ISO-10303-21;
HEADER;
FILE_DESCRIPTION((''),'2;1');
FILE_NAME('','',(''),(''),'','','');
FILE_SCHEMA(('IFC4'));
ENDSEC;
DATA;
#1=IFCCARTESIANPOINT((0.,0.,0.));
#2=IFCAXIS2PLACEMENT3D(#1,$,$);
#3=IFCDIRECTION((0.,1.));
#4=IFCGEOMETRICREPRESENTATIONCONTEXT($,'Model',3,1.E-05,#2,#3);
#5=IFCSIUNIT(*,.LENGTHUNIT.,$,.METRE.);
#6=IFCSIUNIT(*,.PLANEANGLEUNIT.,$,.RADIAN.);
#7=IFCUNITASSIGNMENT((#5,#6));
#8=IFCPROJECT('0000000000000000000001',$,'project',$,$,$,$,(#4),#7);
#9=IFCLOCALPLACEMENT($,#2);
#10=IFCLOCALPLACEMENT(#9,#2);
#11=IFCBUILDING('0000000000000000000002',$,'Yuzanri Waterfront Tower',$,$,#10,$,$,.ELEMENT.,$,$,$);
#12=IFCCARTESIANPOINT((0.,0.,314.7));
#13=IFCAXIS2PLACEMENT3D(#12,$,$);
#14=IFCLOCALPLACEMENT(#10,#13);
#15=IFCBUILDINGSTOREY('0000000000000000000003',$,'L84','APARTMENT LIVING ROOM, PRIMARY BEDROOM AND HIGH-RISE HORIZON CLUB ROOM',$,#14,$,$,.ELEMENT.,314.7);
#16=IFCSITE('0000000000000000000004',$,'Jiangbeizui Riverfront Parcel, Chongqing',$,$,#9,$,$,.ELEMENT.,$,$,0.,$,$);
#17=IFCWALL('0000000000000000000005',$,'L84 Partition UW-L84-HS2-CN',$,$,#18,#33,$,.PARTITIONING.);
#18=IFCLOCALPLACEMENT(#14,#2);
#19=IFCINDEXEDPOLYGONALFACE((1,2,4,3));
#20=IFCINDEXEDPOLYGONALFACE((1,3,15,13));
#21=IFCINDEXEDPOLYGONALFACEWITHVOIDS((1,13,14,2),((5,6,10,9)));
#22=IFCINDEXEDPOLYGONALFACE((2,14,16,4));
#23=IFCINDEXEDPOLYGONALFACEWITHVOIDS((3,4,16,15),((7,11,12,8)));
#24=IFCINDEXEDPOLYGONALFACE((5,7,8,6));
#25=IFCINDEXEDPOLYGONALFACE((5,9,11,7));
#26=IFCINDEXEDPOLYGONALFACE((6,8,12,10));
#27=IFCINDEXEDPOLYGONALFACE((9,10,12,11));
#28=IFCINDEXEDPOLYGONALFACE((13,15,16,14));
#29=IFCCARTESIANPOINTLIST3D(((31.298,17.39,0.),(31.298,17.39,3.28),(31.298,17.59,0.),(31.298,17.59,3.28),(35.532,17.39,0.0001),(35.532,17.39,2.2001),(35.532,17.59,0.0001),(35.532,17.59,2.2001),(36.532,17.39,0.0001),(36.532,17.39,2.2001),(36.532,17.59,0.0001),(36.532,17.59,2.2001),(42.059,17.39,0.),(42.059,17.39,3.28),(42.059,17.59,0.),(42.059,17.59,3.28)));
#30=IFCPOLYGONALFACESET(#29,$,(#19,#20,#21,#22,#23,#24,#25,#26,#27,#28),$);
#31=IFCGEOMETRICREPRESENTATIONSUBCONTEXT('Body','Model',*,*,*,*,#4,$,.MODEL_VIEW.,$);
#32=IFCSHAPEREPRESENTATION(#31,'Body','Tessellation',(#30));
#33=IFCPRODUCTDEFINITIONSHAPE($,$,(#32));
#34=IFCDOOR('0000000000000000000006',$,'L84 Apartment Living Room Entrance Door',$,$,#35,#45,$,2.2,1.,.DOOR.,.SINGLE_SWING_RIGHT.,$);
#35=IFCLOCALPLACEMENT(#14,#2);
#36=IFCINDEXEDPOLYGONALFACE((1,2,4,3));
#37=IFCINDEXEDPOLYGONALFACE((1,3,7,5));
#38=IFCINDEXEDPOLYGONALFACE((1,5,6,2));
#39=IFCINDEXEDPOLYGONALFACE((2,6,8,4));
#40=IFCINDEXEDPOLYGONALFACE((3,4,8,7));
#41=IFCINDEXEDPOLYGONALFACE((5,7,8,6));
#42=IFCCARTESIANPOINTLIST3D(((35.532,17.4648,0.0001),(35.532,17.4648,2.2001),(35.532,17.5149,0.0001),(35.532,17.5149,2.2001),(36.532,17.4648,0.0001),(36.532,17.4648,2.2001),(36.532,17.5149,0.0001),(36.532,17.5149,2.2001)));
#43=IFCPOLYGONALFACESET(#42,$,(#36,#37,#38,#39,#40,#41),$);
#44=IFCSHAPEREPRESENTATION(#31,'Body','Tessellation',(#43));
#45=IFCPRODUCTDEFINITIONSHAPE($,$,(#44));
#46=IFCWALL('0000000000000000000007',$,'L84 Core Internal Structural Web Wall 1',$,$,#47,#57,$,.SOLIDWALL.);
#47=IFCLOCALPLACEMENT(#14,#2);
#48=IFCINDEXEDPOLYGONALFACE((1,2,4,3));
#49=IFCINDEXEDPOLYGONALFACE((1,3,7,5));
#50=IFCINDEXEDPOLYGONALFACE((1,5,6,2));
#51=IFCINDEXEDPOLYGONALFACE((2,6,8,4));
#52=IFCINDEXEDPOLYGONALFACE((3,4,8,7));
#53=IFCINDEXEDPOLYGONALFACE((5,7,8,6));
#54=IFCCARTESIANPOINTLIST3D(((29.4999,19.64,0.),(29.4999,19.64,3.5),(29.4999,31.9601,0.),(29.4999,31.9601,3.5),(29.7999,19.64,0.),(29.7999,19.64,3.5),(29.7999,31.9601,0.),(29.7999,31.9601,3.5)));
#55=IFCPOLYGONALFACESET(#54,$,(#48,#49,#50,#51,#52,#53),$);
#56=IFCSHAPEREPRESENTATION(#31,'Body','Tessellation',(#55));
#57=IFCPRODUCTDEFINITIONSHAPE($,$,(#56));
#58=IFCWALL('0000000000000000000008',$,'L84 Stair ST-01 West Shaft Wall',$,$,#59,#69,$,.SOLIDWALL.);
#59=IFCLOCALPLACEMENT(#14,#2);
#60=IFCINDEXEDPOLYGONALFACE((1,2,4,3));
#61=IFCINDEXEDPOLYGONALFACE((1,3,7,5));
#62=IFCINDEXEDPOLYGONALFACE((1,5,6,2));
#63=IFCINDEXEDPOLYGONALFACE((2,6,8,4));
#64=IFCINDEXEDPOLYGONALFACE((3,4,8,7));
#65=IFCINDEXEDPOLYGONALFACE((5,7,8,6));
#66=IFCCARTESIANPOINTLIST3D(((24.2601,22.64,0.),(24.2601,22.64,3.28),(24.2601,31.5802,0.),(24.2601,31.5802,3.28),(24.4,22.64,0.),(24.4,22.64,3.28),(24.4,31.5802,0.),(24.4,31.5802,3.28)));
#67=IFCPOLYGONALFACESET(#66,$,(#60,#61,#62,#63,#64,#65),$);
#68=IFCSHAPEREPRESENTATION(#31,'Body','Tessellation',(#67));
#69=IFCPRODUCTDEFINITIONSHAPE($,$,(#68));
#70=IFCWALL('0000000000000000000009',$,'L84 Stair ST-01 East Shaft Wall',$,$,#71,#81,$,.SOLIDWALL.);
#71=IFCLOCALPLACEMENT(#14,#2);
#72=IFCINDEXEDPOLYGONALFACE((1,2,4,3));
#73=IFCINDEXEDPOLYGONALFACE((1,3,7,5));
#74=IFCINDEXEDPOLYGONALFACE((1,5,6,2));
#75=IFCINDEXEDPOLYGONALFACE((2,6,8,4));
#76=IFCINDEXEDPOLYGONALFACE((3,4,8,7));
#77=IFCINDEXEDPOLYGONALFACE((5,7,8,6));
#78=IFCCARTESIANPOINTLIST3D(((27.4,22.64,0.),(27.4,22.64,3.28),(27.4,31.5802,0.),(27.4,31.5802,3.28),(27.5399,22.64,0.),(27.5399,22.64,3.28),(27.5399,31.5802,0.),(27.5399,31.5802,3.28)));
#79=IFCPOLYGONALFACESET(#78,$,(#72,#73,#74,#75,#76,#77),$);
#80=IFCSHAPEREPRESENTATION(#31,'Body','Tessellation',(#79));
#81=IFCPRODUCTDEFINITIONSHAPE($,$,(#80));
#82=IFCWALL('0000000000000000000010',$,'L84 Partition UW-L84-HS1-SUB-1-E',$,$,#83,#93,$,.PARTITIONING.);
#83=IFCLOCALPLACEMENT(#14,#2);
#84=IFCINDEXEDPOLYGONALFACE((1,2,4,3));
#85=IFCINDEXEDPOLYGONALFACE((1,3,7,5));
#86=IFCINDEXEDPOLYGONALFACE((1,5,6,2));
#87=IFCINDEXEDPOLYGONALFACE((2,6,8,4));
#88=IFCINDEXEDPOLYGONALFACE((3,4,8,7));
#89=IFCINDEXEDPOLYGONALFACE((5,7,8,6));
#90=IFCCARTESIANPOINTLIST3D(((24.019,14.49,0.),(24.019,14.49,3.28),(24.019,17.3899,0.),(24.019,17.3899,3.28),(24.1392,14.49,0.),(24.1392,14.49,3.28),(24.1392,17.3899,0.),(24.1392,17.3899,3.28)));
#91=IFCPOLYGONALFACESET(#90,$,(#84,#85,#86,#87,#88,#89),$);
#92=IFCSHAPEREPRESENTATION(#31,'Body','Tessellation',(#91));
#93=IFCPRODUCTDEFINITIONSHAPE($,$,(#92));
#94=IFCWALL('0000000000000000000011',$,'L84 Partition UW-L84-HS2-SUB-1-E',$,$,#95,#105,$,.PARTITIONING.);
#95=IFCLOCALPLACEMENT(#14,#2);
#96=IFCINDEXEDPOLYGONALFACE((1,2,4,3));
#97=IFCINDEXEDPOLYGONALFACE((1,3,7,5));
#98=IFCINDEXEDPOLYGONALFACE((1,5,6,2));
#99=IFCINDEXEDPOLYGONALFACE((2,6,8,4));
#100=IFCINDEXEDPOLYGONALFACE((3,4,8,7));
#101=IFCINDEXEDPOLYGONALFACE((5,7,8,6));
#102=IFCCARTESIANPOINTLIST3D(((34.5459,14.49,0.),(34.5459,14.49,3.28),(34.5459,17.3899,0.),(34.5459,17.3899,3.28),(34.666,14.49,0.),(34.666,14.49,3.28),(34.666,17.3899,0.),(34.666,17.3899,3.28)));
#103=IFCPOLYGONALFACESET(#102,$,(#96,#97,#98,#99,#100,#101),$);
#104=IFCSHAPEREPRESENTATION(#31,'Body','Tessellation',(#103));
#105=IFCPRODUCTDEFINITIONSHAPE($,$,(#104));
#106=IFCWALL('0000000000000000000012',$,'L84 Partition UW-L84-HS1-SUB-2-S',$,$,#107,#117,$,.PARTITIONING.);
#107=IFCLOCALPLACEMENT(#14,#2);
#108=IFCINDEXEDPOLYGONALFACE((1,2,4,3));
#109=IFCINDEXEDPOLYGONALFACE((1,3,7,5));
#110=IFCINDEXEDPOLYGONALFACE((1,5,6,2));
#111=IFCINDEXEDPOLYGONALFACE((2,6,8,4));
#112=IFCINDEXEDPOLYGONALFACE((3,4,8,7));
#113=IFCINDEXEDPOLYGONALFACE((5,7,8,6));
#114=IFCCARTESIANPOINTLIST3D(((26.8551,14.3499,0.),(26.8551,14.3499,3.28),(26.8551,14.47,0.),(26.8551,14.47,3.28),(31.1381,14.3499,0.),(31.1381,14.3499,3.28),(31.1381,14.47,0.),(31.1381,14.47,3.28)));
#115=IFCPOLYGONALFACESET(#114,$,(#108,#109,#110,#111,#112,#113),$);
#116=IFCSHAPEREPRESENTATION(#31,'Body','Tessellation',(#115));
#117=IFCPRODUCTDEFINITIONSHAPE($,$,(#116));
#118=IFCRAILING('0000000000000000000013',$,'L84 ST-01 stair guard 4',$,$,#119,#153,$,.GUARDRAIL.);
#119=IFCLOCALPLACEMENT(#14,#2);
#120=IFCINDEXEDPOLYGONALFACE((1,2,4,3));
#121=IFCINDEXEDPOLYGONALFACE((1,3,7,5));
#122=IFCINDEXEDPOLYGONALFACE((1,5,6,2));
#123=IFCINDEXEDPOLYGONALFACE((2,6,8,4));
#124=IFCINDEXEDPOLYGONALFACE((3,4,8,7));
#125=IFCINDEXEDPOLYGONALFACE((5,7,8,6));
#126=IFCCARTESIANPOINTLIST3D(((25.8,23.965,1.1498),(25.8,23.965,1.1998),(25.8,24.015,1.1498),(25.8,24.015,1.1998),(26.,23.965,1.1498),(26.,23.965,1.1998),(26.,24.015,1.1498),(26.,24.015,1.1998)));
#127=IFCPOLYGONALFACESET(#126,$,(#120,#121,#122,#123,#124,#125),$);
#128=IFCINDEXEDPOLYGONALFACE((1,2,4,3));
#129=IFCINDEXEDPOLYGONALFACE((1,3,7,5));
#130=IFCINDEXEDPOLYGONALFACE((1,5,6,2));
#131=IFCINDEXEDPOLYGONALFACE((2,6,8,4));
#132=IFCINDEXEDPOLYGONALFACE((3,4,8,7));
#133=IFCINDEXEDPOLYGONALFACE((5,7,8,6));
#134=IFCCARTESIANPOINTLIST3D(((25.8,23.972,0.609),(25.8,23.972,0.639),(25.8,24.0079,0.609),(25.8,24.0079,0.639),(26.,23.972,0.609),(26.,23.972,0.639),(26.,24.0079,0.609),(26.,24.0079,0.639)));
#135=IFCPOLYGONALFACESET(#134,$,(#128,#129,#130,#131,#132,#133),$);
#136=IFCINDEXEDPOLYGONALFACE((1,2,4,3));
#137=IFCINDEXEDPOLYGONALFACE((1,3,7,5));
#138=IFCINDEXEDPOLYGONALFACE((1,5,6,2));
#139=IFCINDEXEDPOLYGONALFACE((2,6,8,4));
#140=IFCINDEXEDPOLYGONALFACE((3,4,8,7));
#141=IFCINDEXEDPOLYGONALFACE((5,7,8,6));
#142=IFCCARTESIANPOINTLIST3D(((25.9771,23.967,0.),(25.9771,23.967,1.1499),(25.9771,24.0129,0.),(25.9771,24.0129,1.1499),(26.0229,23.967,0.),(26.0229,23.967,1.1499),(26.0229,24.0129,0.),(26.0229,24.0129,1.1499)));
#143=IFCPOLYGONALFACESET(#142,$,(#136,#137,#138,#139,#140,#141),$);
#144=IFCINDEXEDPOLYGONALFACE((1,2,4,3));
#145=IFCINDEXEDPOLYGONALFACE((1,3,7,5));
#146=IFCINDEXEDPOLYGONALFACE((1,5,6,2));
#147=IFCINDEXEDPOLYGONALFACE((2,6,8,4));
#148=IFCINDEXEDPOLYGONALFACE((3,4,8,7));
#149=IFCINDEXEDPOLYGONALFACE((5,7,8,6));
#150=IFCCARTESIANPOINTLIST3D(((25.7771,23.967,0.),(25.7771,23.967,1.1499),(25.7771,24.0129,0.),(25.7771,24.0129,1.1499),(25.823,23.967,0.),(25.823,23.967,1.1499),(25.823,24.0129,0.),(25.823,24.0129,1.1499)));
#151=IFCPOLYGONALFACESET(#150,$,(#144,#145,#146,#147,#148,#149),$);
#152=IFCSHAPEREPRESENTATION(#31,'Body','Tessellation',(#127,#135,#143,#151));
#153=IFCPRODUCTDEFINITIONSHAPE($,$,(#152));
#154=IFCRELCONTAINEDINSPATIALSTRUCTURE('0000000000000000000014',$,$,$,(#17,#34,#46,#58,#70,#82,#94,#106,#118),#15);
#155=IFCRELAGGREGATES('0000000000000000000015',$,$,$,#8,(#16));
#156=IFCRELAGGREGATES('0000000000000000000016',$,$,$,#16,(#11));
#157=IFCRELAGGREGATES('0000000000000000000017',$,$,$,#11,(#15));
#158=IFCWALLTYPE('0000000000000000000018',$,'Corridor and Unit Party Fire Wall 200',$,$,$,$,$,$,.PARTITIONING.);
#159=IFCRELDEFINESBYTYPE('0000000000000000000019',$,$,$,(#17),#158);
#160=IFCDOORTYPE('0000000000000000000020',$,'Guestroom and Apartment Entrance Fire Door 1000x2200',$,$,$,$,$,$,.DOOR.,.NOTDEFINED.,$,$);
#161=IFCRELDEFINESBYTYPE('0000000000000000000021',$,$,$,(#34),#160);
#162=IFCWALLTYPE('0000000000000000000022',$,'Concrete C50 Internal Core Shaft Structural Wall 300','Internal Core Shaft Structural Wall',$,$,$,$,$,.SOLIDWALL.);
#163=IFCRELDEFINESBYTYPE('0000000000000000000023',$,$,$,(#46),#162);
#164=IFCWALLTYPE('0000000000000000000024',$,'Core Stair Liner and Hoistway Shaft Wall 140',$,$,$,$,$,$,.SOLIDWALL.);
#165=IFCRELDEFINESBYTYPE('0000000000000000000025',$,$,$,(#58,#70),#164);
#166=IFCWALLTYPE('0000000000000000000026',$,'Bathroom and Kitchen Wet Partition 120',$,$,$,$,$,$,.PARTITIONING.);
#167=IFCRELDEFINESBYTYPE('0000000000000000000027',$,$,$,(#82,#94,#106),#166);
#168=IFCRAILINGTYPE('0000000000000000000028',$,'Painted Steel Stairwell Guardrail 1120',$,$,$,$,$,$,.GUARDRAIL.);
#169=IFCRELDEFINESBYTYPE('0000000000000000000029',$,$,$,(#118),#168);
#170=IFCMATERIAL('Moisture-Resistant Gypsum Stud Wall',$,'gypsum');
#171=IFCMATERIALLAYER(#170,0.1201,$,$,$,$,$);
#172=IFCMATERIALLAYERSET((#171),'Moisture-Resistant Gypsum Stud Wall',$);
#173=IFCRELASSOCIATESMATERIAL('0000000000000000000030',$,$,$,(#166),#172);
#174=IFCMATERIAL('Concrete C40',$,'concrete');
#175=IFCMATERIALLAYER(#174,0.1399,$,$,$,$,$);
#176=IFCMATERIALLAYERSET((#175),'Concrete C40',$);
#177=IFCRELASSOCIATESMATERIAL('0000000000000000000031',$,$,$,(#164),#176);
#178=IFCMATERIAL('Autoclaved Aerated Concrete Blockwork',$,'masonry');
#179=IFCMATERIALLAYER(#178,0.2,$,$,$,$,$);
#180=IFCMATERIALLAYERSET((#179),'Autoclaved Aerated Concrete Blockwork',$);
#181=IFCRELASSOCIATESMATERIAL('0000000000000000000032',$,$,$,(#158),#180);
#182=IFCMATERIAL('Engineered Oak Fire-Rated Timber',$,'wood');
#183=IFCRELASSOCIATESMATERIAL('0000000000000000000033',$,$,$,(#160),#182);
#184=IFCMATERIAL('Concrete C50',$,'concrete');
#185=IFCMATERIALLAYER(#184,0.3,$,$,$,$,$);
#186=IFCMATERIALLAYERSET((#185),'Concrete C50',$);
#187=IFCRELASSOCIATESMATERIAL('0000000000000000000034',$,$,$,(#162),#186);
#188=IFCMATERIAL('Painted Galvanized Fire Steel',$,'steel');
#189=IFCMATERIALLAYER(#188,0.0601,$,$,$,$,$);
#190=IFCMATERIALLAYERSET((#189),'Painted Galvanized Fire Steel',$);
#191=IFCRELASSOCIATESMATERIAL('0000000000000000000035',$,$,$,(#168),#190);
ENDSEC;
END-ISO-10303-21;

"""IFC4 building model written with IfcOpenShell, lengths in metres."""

from ifc_helpers import new_model, si_unit, direction, frame, frame_2d, origin, origin_2d, place, context, subcontext, project, spatial, rectangle, extrude, source, transform, mapped, material, layer, layer_set, type_object, element, fill, save


model = new_model("IFC4")

# Units and contexts
model_context = context("Model", 3, precision=1e-05, world=origin(), true_north=direction((0.0, 1.0)))
body_context = subcontext(model_context, "Body", "Model", "MODEL_VIEW")
ifc_project = project(units=[si_unit("LENGTHUNIT", "METRE"), si_unit("PLANEANGLEUNIT", "RADIAN")], contexts=[model_context])

# Site, building, storey
site_placement = place(None, origin())
site = spatial("IfcSite", under=ifc_project, at=site_placement, Name="Jiangbeizui Riverfront Parcel, Chongqing", CompositionType="ELEMENT", RefElevation=0.0)
building_placement = place(site_placement, origin())
building = spatial("IfcBuilding", under=site, at=building_placement, Name="Yuzanri Waterfront Tower", CompositionType="ELEMENT")
storey_placement = place(building_placement, frame((0.0, 0.0, 314.7)))
storey = spatial("IfcBuildingStorey", under=building, at=storey_placement, Name="L84", Description="APARTMENT LIVING ROOM, PRIMARY BEDROOM AND HIGH-RISE HORIZON CLUB ROOM", CompositionType="ELEMENT", Elevation=314.7)

# Wall, opening, door
ifc_material_1 = material(Name="Moisture-Resistant Gypsum Stud Wall", Category="gypsum")
ifc_layer_1 = layer(ifc_material_1, 0.1201)
ifc_layer_set_1 = layer_set([ifc_layer_1], Name="Moisture-Resistant Gypsum Stud Wall")
wall_type_1 = type_object("IfcWallType", Name="Bathroom and Kitchen Wet Partition 120", PredefinedType="PARTITIONING", material=ifc_layer_set_1)
ifc_material_2 = material(Name="Concrete C40", Category="concrete")
ifc_layer_2 = layer(ifc_material_2, 0.1399)
ifc_layer_set_2 = layer_set([ifc_layer_2], Name="Concrete C40")
wall_type_2 = type_object("IfcWallType", Name="Core Stair Liner and Hoistway Shaft Wall 140", PredefinedType="SOLIDWALL", material=ifc_layer_set_2)
ifc_material_3 = material(Name="Autoclaved Aerated Concrete Blockwork", Category="masonry")
ifc_layer_3 = layer(ifc_material_3, 0.2)
ifc_layer_set_3 = layer_set([ifc_layer_3], Name="Autoclaved Aerated Concrete Blockwork")
wall_type_3 = type_object("IfcWallType", Name="Corridor and Unit Party Fire Wall 200", PredefinedType="PARTITIONING", material=ifc_layer_set_3)
wall_1_placement = place(storey_placement, frame((31.2981, 17.49, 0.0), z_axis=(0.0, 0.0, 1.0), x_axis=(1.0, 0.0, 0.0)))
wall_1 = element("IfcWall", 1, at=wall_1_placement, inside=storey, type_object=wall_type_3, Name="L84 Partition UW-L84-HS2-CN", PredefinedType="PARTITIONING", context=body_context, shape_type="SweptSolid", body=[
    extrude(rectangle(XDim=10.761, YDim=0.2, at=frame_2d((5.3804, 0.0))), origin(), (0.0, 0.0, 1.0), 3.28),
])
opening_1_placement = place(wall_1_placement, frame((4.2339, 0.0, 0.0)))
opening_1 = element("IfcOpeningElement", 2, at=opening_1_placement, cuts=wall_1, PredefinedType="OPENING", context=body_context, shape_type="SweptSolid", body=[
    extrude(rectangle(XDim=1.0, YDim=2.2, at=frame_2d((0.5, 1.1001))), frame((0.0, 0.1147, 0.0), z_axis=(0.0, -1.0, 0.0), x_axis=(1.0, 0.0, 0.0)), (0.0, 0.0, 1.0), 0.2297),
])
ifc_material_4 = material(Name="Engineered Oak Fire-Rated Timber", Category="wood")
door_type_1 = type_object("IfcDoorType", Name="Guestroom and Apartment Entrance Fire Door 1000x2200", OperationType="NOTDEFINED", PredefinedType="DOOR", material=ifc_material_4)
shared_shape_1 = source(origin(), body_context, "Body", "SweptSolid", [
    extrude(rectangle(XDim=1.0, YDim=2.2, at=frame_2d((0.5, 1.1001))), frame((0.0, 0.0249, 0.0), z_axis=(0.0, -1.0, 0.0), x_axis=(1.0, 0.0, 0.0)), (0.0, 0.0, 1.0), 0.05),
])
door_1_placement = place(opening_1_placement, origin())
door_1 = element("IfcDoor", 3, at=door_1_placement, inside=storey, type_object=door_type_1, Name="L84 Apartment Living Room Entrance Door", OperationType="SINGLE_SWING_RIGHT", OverallHeight=2.2, OverallWidth=1.0, PredefinedType="DOOR", context=body_context, shape_type="MappedRepresentation", body=[
    mapped(shared_shape_1, transform((0.0, 0.0, 0.0), scale=1.0)),
])
fill(opening_1, door_1)

# Walls
ifc_material_5 = material(Name="Concrete C50", Category="concrete")
ifc_layer_4 = layer(ifc_material_5, 0.3)
ifc_layer_set_4 = layer_set([ifc_layer_4], Name="Concrete C50")
wall_type_4 = type_object("IfcWallType", Name="Concrete C50 Internal Core Shaft Structural Wall 300", Description="Internal Core Shaft Structural Wall", PredefinedType="SOLIDWALL", material=ifc_layer_set_4)
shared_shape_2 = source(origin(), body_context, "Body", "SweptSolid", [
    extrude(rectangle(XDim=12.3201, YDim=0.3, at=frame_2d((6.1602, 0.0))), origin(), (0.0, 0.0, 1.0), 3.5),
])
wall_2_placement = place(storey_placement, frame((29.6499, 19.6399, 0.0), z_axis=(0.0, 0.0, 1.0), x_axis=(0.0, 1.0, 0.0)))
element("IfcWall", 4, at=wall_2_placement, inside=storey, type_object=wall_type_4, Name="L84 Core Internal Structural Web Wall 1", PredefinedType="SOLIDWALL", context=body_context, shape_type="MappedRepresentation", body=[
    mapped(shared_shape_2, transform((0.0, 0.0, 0.0), scale=1.0)),
])
shared_shape_3 = source(origin(), body_context, "Body", "SweptSolid", [
    extrude(rectangle(XDim=8.9402, YDim=0.1399, at=frame_2d((4.4702, 0.0))), origin(), (0.0, 0.0, 1.0), 3.28),
])
for number, where, z_axis, x_axis, name in (
    (5, (24.3301, 22.6399, 0.0), (0.0, 0.0, 1.0), (0.0, 1.0, 0.0), "L84 Stair ST-01 West Shaft Wall"),
    (6, (27.47, 22.6399, 0.0), (0.0, 0.0, 1.0), (0.0, 1.0, 0.0), "L84 Stair ST-01 East Shaft Wall"),
):
    element("IfcWall", number, at=place(storey_placement, frame(where, z_axis=z_axis, x_axis=x_axis)), inside=storey, type_object=wall_type_2, Name=name, PredefinedType="SOLIDWALL", context=body_context, shape_type="MappedRepresentation", body=[
        mapped(shared_shape_3, transform((0.0, 0.0, 0.0), scale=1.0)),
    ])
shared_shape_4 = source(origin(), body_context, "Body", "SweptSolid", [
    extrude(rectangle(XDim=2.8999, YDim=0.1201, at=frame_2d((1.45, 0.0))), origin(), (0.0, 0.0, 1.0), 3.28),
])
for number, where, z_axis, x_axis, name in (
    (7, (24.0791, 14.49, 0.0), (0.0, 0.0, 1.0), (0.0, 1.0, 0.0), "L84 Partition UW-L84-HS1-SUB-1-E"),
    (8, (34.606, 14.49, 0.0), (0.0, 0.0, 1.0), (0.0, 1.0, 0.0), "L84 Partition UW-L84-HS2-SUB-1-E"),
):
    element("IfcWall", number, at=place(storey_placement, frame(where, z_axis=z_axis, x_axis=x_axis)), inside=storey, type_object=wall_type_1, Name=name, PredefinedType="PARTITIONING", context=body_context, shape_type="MappedRepresentation", body=[
        mapped(shared_shape_4, transform((0.0, 0.0, 0.0), scale=1.0)),
    ])
shared_shape_5 = source(origin(), body_context, "Body", "SweptSolid", [
    extrude(rectangle(XDim=4.283, YDim=0.1201, at=frame_2d((2.1416, 0.0))), origin(), (0.0, 0.0, 1.0), 3.28),
])
wall_3_placement = place(storey_placement, frame((26.855, 14.4099, 0.0), z_axis=(0.0, 0.0, 1.0), x_axis=(1.0, 0.0, 0.0)))
element("IfcWall", 9, at=wall_3_placement, inside=storey, type_object=wall_type_1, Name="L84 Partition UW-L84-HS1-SUB-2-S", PredefinedType="PARTITIONING", context=body_context, shape_type="MappedRepresentation", body=[
    mapped(shared_shape_5, transform((0.0, 0.0, 0.0), scale=1.0)),
])

# Railing
ifc_material_6 = material(Name="Painted Galvanized Fire Steel", Category="steel")
ifc_layer_5 = layer(ifc_material_6, 0.0601)
ifc_layer_set_5 = layer_set([ifc_layer_5], Name="Painted Galvanized Fire Steel")
railing_type = type_object("IfcRailingType", Name="Painted Steel Stairwell Guardrail 1120", PredefinedType="GUARDRAIL", material=ifc_layer_set_5)
shared_shape_6 = source(origin(), body_context, "Body", "SweptSolid", [
    extrude(rectangle(XDim=0.05, YDim=0.05, at=origin_2d()), frame((0.0, 0.0, 1.1748), z_axis=(-1.0, 0.0, 0.0), x_axis=(0.0, -1.0, 0.0)), (0.0, 0.0, 1.0), 0.2),
    extrude(rectangle(XDim=0.0359, YDim=0.03, at=origin_2d()), frame((0.0, 0.0, 0.624), z_axis=(-1.0, 0.0, 0.0), x_axis=(0.0, -1.0, 0.0)), (0.0, 0.0, 1.0), 0.2),
    extrude(rectangle(XDim=0.0459, YDim=0.0459, at=origin_2d()), origin(), (0.0, 0.0, 1.0), 1.1499),
    extrude(rectangle(XDim=0.0459, YDim=0.0459, at=origin_2d()), frame((-0.2, 0.0, 0.0)), (0.0, 0.0, 1.0), 1.1499),
])
railing_1_placement = place(storey_placement, frame((26.0, 23.99, 0.0)))
element("IfcRailing", 10, at=railing_1_placement, inside=storey, type_object=railing_type, Name="L84 ST-01 stair guard 4", PredefinedType="GUARDRAIL", context=body_context, shape_type="MappedRepresentation", body=[
    mapped(shared_shape_6, transform((0.0, 0.0, 0.0), scale=1.0)),
])

save(model, "model.ifc")
